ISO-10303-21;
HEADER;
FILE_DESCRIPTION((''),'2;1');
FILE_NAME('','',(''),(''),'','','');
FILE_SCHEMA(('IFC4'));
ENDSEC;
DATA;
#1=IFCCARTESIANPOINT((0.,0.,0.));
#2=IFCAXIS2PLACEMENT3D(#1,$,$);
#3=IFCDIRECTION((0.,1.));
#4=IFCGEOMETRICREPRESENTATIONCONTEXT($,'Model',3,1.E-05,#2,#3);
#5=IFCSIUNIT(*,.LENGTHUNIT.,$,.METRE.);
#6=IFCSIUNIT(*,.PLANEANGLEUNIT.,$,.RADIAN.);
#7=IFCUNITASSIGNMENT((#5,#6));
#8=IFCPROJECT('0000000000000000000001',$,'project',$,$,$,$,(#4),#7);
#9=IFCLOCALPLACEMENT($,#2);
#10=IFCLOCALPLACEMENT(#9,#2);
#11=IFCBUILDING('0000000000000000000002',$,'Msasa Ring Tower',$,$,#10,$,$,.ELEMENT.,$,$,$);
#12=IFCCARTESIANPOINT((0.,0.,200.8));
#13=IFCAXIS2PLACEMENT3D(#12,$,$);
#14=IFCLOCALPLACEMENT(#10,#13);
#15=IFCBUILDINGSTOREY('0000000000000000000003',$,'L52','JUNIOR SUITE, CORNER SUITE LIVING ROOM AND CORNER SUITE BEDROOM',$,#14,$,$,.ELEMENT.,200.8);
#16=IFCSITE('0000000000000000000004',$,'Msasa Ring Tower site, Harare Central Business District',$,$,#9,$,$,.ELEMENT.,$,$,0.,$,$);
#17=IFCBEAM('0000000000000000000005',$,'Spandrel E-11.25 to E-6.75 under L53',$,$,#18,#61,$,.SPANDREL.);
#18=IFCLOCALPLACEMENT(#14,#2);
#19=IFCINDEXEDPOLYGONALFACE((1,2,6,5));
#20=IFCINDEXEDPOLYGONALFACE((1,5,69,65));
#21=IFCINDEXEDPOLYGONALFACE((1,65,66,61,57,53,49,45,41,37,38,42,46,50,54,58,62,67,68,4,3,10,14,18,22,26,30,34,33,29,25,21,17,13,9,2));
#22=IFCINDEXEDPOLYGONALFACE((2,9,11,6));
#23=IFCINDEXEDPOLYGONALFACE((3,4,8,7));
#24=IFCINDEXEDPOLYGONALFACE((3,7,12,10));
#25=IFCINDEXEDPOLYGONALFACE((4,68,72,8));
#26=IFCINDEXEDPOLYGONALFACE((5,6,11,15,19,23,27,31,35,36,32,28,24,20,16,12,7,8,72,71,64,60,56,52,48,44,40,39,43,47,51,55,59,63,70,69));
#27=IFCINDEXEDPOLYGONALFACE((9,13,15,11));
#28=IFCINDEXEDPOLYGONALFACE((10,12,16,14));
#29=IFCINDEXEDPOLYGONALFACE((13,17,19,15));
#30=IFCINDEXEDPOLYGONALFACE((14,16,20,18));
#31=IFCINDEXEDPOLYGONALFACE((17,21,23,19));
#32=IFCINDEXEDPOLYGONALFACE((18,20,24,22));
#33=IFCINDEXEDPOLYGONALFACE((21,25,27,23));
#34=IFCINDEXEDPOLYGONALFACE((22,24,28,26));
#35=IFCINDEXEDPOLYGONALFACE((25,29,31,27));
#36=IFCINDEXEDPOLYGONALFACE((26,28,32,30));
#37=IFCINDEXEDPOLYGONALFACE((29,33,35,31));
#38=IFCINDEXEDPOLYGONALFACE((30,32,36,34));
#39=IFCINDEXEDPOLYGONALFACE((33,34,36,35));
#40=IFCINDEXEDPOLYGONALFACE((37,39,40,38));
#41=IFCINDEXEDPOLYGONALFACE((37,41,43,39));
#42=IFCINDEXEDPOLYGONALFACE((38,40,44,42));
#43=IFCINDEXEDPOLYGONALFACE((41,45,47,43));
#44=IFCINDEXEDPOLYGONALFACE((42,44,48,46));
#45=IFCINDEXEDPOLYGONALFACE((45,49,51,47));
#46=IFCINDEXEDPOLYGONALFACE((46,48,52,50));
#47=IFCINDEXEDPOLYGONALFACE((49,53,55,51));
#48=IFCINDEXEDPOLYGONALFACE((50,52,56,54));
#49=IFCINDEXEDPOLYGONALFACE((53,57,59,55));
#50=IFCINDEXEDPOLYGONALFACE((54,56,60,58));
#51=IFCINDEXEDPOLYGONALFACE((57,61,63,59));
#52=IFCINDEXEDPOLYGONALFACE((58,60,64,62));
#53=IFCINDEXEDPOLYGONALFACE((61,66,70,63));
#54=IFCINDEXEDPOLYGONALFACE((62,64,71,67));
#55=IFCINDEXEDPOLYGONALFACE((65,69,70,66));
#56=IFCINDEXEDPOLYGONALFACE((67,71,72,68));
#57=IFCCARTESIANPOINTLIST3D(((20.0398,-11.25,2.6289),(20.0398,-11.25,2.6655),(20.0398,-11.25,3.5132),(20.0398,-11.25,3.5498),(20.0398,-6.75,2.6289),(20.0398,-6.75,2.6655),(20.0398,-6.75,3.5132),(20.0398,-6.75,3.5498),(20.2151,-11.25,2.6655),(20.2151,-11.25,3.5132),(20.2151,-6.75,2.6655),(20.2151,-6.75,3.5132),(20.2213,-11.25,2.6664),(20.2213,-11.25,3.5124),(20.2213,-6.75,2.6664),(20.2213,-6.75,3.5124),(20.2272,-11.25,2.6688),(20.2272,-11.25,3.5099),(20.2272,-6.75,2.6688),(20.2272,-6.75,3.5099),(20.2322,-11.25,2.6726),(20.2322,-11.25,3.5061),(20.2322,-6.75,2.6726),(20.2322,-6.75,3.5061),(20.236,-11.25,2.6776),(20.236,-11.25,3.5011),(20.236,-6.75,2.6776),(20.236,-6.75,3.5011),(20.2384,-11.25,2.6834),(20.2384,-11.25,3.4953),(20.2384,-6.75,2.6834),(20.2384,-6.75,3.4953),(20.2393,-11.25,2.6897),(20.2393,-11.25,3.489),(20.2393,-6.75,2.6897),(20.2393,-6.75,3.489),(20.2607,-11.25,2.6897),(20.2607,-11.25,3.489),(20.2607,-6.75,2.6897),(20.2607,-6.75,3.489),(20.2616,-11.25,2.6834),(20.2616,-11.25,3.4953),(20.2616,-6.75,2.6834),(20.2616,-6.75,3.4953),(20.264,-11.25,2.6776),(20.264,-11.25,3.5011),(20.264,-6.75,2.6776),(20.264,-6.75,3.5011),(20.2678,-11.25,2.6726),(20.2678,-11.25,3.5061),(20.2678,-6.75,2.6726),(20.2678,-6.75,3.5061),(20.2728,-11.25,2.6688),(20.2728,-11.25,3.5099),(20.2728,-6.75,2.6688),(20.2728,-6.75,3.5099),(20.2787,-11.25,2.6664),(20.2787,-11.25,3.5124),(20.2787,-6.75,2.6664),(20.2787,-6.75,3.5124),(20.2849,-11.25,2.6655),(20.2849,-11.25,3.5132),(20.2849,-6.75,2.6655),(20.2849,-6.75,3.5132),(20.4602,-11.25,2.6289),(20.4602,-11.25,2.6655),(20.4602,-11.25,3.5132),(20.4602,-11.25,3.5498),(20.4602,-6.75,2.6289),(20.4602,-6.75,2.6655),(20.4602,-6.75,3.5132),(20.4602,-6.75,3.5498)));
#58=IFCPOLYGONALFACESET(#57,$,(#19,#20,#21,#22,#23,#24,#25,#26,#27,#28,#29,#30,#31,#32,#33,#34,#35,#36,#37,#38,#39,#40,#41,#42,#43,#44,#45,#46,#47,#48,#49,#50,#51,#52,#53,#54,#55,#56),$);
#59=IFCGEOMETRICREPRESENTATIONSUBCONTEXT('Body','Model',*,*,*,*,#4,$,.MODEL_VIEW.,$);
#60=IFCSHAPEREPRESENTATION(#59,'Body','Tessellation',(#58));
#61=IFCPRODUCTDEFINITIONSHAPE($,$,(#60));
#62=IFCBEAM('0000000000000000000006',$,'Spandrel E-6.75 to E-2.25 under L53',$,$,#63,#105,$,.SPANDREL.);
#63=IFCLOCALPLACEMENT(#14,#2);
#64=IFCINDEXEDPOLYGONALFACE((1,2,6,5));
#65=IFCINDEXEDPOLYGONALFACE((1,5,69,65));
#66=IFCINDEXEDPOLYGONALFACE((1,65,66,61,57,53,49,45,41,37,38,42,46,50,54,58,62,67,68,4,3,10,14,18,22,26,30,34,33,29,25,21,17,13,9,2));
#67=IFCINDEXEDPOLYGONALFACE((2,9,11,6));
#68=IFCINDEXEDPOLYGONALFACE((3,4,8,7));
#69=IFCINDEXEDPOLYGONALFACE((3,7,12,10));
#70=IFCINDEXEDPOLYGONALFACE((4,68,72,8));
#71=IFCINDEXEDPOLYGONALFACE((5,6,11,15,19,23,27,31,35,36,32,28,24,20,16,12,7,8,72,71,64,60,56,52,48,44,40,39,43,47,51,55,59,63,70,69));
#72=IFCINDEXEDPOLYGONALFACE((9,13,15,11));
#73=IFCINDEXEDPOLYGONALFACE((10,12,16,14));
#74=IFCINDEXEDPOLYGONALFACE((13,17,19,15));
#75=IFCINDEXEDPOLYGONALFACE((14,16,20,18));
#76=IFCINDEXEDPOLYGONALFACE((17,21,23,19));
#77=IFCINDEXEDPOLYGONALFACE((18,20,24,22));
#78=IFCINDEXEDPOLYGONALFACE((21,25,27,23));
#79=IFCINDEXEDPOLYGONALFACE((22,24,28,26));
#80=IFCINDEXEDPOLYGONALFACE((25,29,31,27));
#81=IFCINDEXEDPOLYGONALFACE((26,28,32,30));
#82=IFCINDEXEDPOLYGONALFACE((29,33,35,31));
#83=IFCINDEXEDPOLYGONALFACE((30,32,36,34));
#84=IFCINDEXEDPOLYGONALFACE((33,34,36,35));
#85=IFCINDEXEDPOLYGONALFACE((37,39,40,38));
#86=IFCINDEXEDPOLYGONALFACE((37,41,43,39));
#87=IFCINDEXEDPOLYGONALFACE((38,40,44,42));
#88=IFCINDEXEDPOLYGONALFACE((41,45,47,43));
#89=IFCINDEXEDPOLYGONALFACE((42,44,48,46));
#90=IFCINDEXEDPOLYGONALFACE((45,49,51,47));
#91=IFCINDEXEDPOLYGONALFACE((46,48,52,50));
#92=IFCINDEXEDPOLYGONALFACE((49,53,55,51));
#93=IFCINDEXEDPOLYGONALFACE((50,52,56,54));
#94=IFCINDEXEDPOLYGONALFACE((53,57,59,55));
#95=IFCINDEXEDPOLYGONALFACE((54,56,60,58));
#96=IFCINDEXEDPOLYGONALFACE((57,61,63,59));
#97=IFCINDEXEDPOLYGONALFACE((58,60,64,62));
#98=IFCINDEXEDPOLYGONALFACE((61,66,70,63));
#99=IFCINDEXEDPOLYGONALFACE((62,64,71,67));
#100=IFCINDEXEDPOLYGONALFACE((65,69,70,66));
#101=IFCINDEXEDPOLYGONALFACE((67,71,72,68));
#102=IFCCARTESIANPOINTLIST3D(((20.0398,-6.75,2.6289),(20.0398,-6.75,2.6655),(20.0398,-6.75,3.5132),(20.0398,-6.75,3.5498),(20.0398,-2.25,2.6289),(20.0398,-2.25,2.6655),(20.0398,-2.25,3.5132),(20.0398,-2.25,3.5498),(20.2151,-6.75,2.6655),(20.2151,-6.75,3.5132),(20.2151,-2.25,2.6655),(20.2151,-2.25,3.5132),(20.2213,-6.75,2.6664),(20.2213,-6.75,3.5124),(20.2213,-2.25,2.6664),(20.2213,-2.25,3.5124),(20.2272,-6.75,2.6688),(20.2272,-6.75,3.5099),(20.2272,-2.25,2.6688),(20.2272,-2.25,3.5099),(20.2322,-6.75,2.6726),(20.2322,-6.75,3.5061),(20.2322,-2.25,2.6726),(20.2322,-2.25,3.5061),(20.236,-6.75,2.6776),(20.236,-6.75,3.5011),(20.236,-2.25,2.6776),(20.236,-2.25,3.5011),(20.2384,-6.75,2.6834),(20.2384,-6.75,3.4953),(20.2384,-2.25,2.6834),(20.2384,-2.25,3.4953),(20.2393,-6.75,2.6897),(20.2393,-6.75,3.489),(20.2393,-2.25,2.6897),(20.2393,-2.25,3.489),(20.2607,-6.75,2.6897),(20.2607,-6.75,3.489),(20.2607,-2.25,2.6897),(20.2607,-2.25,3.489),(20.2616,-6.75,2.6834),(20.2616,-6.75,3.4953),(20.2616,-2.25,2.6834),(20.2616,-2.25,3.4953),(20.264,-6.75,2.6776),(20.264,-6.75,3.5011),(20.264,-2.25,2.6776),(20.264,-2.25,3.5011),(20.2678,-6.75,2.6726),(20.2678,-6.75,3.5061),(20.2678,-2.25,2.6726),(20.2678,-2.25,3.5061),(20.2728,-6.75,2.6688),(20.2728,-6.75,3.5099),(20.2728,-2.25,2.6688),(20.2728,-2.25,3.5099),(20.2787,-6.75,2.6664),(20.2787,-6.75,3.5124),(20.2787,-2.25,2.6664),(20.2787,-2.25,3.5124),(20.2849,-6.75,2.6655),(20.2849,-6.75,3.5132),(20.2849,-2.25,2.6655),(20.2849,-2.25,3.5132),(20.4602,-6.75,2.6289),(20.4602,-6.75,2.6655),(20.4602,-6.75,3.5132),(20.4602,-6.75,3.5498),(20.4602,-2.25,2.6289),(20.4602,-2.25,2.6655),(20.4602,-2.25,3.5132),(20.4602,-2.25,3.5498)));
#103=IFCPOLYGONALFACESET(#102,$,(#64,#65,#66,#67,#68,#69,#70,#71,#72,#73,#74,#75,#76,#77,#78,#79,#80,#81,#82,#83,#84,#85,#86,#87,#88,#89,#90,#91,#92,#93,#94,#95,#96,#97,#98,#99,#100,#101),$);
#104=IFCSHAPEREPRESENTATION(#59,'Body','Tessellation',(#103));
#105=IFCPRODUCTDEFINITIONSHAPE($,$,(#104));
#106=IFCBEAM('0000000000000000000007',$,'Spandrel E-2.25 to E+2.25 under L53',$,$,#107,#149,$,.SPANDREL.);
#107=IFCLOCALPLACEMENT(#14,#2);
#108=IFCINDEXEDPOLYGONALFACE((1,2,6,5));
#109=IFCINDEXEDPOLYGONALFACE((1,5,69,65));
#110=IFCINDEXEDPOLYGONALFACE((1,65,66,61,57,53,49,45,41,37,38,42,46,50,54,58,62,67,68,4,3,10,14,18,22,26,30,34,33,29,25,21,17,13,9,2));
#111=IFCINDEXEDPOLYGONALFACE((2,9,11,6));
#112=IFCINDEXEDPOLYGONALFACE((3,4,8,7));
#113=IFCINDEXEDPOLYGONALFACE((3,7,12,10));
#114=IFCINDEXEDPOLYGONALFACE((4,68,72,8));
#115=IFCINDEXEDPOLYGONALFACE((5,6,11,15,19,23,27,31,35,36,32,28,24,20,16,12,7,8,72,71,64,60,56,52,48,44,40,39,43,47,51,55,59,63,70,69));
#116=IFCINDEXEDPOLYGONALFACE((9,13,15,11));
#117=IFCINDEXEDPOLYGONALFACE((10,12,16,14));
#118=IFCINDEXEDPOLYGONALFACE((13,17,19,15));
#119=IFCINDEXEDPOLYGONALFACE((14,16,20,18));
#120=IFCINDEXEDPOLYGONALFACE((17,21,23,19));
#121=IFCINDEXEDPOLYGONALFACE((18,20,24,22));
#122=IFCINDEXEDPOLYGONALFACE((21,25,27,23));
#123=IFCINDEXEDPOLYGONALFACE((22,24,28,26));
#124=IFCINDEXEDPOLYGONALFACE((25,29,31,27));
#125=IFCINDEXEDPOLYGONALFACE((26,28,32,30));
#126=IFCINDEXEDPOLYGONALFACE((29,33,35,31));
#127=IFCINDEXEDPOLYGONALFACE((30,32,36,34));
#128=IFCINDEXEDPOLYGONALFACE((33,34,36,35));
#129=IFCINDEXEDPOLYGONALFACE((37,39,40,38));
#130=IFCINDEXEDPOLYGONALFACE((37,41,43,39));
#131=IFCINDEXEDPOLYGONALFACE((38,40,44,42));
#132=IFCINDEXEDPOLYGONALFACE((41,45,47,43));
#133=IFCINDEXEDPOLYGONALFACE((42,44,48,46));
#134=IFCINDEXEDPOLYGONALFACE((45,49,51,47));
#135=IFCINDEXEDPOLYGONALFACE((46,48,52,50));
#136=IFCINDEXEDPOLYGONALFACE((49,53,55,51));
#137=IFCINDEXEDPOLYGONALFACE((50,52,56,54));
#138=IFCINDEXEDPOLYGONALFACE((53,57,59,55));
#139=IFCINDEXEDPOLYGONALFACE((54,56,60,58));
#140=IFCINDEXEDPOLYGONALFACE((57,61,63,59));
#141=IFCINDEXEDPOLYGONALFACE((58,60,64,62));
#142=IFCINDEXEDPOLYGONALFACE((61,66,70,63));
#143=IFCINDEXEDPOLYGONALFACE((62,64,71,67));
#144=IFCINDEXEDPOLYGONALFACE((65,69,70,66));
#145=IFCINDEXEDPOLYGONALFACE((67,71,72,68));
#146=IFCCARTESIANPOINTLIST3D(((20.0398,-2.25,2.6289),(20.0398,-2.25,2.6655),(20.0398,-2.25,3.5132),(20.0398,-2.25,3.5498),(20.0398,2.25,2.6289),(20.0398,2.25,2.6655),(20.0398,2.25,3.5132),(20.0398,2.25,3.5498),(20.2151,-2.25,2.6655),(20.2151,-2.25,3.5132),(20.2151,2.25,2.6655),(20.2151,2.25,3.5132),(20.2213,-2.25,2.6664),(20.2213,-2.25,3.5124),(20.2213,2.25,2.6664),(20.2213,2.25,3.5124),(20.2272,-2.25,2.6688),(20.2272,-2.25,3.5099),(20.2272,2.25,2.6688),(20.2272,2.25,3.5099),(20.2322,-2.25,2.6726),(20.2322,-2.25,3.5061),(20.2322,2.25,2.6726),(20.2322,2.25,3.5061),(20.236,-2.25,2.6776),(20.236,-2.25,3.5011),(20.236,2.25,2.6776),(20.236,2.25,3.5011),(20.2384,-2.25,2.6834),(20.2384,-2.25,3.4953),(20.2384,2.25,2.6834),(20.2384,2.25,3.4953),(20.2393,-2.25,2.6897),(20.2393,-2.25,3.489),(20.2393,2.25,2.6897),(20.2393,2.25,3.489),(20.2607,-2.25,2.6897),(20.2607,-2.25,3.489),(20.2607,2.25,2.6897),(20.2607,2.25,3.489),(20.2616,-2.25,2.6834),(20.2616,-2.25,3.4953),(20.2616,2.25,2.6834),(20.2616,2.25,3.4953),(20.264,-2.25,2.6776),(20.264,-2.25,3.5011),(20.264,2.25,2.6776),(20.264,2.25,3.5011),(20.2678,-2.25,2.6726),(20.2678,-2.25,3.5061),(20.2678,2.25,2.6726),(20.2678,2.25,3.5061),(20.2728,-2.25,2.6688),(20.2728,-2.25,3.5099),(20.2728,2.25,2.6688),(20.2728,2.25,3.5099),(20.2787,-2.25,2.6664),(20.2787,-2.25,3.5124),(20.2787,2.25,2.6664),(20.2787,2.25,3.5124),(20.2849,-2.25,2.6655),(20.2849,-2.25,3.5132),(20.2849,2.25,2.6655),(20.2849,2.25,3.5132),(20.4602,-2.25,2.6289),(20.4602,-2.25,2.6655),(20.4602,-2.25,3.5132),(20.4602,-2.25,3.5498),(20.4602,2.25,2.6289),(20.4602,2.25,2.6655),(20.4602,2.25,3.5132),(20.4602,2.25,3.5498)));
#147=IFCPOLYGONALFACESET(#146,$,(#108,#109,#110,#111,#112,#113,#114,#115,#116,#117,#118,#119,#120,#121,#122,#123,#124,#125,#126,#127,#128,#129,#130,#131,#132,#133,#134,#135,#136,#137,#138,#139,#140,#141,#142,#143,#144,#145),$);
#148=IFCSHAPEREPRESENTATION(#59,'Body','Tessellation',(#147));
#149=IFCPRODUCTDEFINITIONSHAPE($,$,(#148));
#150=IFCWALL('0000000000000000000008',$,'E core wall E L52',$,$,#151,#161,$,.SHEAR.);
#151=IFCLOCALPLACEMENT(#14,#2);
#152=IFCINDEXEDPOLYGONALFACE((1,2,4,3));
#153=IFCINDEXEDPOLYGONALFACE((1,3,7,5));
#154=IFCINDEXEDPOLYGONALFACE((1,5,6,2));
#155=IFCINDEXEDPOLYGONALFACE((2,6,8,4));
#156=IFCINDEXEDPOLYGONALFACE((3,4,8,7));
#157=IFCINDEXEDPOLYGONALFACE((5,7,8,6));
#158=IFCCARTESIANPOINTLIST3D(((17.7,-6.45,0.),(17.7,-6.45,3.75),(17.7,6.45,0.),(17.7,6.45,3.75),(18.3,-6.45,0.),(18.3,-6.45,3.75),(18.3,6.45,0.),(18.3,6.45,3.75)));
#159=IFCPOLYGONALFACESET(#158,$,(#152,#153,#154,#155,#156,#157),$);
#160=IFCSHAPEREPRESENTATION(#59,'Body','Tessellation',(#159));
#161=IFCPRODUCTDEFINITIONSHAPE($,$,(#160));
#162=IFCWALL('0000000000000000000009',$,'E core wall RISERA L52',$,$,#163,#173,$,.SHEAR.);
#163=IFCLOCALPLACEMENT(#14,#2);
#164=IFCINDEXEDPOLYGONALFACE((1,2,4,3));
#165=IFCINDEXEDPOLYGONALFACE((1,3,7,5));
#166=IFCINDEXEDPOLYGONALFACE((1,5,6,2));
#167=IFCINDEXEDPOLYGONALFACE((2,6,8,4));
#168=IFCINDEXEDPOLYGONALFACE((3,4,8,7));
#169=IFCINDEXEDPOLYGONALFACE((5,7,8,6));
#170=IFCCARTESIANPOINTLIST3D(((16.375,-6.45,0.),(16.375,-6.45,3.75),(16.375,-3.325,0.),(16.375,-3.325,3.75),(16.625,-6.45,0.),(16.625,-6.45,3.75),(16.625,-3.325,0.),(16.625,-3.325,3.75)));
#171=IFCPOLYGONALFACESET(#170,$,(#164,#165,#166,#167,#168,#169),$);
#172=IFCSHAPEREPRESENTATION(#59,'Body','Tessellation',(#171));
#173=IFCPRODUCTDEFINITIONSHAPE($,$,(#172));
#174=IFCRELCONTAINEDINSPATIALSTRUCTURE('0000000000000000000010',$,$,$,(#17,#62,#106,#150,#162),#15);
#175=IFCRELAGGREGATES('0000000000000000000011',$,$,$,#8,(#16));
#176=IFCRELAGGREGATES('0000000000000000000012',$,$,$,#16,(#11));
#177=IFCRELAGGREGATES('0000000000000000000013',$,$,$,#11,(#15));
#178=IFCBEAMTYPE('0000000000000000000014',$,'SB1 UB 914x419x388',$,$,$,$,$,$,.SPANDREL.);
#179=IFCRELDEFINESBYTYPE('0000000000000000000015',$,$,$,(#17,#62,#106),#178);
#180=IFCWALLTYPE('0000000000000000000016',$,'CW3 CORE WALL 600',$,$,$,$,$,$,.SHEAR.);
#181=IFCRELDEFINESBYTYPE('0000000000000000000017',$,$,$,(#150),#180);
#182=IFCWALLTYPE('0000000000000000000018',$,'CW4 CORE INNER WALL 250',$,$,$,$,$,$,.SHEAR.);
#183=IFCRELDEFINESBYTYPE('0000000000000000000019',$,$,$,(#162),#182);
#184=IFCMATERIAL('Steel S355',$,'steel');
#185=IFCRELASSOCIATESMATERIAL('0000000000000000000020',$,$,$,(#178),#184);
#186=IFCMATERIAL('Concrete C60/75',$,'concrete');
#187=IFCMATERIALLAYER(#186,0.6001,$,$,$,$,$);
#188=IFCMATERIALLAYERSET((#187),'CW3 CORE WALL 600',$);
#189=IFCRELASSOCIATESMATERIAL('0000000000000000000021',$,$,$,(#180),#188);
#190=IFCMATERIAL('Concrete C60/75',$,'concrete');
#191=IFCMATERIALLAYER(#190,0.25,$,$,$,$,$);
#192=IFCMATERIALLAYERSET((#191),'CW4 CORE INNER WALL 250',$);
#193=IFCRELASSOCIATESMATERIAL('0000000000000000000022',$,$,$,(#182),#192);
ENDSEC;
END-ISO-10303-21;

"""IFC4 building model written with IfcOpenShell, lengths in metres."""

from ifc_helpers import new_model, si_unit, direction, frame, frame_2d, origin, origin_2d, place, context, subcontext, project, spatial, rectangle, i_section, extrude, material, layer, layer_set, material_profile, profile_set, type_object, element, save


model = new_model("IFC4")

# Units and contexts
model_context = context("Model", 3, precision=1e-05, world=origin(), true_north=direction((0.0, 1.0)))
body_context = subcontext(model_context, "Body", "Model", "MODEL_VIEW")
ifc_project = project(units=[si_unit("LENGTHUNIT", "METRE"), si_unit("PLANEANGLEUNIT", "RADIAN")], contexts=[model_context])

# Site, building, storey
site_placement = place(None, origin())
site = spatial("IfcSite", under=ifc_project, at=site_placement, Name="Msasa Ring Tower site, Harare Central Business District", CompositionType="ELEMENT", RefElevation=0.0)
building_placement = place(site_placement, origin())
building = spatial("IfcBuilding", under=site, at=building_placement, Name="Msasa Ring Tower", CompositionType="ELEMENT")
storey_placement = place(building_placement, frame((0.0, 0.0, 200.8)))
storey = spatial("IfcBuildingStorey", under=building, at=storey_placement, Name="L52", Description="JUNIOR SUITE, CORNER SUITE LIVING ROOM AND CORNER SUITE BEDROOM", CompositionType="ELEMENT", Elevation=200.8)

# Beams
ifc_material_1 = material(Name="Steel S355", Category="steel")
ifc_material_profile_1 = material_profile(ifc_material_1, i_section(OverallWidth=0.4204, OverallDepth=0.9209, WebThickness=0.0215, FlangeThickness=0.0366, FilletRadius=0.0242, at=origin_2d()), Name="UB 914x419x388")
ifc_profile_set_1 = profile_set([ifc_material_profile_1], Name="Steel S355")
beam_type_1 = type_object("IfcBeamType", Name="SB1 UB 914x419x388", PredefinedType="SPANDREL", material=ifc_profile_set_1)
for number, where, z_axis, x_axis, name in (
    (1, (20.25, -11.25, 3.0894), (0.0, 1.0, 0.0), (-1.0, 0.0, 0.0), "Spandrel E-11.25 to E-6.75 under L53"),
    (2, (20.25, -6.75, 3.0894), (0.0, 1.0, 0.0), (-1.0, 0.0, 0.0), "Spandrel E-6.75 to E-2.25 under L53"),
    (3, (20.25, -2.25, 3.0894), (0.0, 1.0, 0.0), (-1.0, 0.0, 0.0), "Spandrel E-2.25 to E+2.25 under L53"),
):
    element("IfcBeam", number, at=place(storey_placement, frame(where, z_axis=z_axis, x_axis=x_axis)), inside=storey, type_object=beam_type_1, Name=name, PredefinedType="SPANDREL", context=body_context, shape_type="SweptSolid", body=[
        extrude(i_section(OverallWidth=0.4204, OverallDepth=0.9209, WebThickness=0.0215, FlangeThickness=0.0366, FilletRadius=0.0242, at=origin_2d()), origin(), (0.0, 0.0, 1.0), 4.5),
    ])

# Walls
ifc_material_2 = material(Name="Concrete C60/75", Category="concrete")
ifc_layer_1 = layer(ifc_material_2, 0.6001)
ifc_layer_set_1 = layer_set([ifc_layer_1], Name="CW3 CORE WALL 600")
wall_type_1 = type_object("IfcWallType", Name="CW3 CORE WALL 600", PredefinedType="SHEAR", material=ifc_layer_set_1)
wall_1_placement = place(storey_placement, frame((18.0, -6.45, 0.0), z_axis=(0.0, 0.0, 1.0), x_axis=(0.0, 1.0, 0.0)))
element("IfcWall", 4, at=wall_1_placement, inside=storey, type_object=wall_type_1, Name="E core wall E L52", PredefinedType="SHEAR", context=body_context, shape_type="SweptSolid", body=[
    extrude(rectangle(XDim=12.8999, YDim=0.6001, at=frame_2d((6.45, 0.0))), origin(), (0.0, 0.0, 1.0), 3.75),
])
ifc_material_3 = material(Name="Concrete C60/75", Category="concrete")
ifc_layer_2 = layer(ifc_material_3, 0.25)
ifc_layer_set_2 = layer_set([ifc_layer_2], Name="CW4 CORE INNER WALL 250")
wall_type_2 = type_object("IfcWallType", Name="CW4 CORE INNER WALL 250", PredefinedType="SHEAR", material=ifc_layer_set_2)
wall_2_placement = place(storey_placement, frame((16.5, -6.45, 0.0), z_axis=(0.0, 0.0, 1.0), x_axis=(0.0, 1.0, 0.0)))
element("IfcWall", 5, at=wall_2_placement, inside=storey, type_object=wall_type_2, Name="E core wall RISERA L52", PredefinedType="SHEAR", context=body_context, shape_type="SweptSolid", body=[
    extrude(rectangle(XDim=3.125, YDim=0.25, at=frame_2d((1.5625, 0.0))), origin(), (0.0, 0.0, 1.0), 3.75),
])

save(model, "model.ifc")
